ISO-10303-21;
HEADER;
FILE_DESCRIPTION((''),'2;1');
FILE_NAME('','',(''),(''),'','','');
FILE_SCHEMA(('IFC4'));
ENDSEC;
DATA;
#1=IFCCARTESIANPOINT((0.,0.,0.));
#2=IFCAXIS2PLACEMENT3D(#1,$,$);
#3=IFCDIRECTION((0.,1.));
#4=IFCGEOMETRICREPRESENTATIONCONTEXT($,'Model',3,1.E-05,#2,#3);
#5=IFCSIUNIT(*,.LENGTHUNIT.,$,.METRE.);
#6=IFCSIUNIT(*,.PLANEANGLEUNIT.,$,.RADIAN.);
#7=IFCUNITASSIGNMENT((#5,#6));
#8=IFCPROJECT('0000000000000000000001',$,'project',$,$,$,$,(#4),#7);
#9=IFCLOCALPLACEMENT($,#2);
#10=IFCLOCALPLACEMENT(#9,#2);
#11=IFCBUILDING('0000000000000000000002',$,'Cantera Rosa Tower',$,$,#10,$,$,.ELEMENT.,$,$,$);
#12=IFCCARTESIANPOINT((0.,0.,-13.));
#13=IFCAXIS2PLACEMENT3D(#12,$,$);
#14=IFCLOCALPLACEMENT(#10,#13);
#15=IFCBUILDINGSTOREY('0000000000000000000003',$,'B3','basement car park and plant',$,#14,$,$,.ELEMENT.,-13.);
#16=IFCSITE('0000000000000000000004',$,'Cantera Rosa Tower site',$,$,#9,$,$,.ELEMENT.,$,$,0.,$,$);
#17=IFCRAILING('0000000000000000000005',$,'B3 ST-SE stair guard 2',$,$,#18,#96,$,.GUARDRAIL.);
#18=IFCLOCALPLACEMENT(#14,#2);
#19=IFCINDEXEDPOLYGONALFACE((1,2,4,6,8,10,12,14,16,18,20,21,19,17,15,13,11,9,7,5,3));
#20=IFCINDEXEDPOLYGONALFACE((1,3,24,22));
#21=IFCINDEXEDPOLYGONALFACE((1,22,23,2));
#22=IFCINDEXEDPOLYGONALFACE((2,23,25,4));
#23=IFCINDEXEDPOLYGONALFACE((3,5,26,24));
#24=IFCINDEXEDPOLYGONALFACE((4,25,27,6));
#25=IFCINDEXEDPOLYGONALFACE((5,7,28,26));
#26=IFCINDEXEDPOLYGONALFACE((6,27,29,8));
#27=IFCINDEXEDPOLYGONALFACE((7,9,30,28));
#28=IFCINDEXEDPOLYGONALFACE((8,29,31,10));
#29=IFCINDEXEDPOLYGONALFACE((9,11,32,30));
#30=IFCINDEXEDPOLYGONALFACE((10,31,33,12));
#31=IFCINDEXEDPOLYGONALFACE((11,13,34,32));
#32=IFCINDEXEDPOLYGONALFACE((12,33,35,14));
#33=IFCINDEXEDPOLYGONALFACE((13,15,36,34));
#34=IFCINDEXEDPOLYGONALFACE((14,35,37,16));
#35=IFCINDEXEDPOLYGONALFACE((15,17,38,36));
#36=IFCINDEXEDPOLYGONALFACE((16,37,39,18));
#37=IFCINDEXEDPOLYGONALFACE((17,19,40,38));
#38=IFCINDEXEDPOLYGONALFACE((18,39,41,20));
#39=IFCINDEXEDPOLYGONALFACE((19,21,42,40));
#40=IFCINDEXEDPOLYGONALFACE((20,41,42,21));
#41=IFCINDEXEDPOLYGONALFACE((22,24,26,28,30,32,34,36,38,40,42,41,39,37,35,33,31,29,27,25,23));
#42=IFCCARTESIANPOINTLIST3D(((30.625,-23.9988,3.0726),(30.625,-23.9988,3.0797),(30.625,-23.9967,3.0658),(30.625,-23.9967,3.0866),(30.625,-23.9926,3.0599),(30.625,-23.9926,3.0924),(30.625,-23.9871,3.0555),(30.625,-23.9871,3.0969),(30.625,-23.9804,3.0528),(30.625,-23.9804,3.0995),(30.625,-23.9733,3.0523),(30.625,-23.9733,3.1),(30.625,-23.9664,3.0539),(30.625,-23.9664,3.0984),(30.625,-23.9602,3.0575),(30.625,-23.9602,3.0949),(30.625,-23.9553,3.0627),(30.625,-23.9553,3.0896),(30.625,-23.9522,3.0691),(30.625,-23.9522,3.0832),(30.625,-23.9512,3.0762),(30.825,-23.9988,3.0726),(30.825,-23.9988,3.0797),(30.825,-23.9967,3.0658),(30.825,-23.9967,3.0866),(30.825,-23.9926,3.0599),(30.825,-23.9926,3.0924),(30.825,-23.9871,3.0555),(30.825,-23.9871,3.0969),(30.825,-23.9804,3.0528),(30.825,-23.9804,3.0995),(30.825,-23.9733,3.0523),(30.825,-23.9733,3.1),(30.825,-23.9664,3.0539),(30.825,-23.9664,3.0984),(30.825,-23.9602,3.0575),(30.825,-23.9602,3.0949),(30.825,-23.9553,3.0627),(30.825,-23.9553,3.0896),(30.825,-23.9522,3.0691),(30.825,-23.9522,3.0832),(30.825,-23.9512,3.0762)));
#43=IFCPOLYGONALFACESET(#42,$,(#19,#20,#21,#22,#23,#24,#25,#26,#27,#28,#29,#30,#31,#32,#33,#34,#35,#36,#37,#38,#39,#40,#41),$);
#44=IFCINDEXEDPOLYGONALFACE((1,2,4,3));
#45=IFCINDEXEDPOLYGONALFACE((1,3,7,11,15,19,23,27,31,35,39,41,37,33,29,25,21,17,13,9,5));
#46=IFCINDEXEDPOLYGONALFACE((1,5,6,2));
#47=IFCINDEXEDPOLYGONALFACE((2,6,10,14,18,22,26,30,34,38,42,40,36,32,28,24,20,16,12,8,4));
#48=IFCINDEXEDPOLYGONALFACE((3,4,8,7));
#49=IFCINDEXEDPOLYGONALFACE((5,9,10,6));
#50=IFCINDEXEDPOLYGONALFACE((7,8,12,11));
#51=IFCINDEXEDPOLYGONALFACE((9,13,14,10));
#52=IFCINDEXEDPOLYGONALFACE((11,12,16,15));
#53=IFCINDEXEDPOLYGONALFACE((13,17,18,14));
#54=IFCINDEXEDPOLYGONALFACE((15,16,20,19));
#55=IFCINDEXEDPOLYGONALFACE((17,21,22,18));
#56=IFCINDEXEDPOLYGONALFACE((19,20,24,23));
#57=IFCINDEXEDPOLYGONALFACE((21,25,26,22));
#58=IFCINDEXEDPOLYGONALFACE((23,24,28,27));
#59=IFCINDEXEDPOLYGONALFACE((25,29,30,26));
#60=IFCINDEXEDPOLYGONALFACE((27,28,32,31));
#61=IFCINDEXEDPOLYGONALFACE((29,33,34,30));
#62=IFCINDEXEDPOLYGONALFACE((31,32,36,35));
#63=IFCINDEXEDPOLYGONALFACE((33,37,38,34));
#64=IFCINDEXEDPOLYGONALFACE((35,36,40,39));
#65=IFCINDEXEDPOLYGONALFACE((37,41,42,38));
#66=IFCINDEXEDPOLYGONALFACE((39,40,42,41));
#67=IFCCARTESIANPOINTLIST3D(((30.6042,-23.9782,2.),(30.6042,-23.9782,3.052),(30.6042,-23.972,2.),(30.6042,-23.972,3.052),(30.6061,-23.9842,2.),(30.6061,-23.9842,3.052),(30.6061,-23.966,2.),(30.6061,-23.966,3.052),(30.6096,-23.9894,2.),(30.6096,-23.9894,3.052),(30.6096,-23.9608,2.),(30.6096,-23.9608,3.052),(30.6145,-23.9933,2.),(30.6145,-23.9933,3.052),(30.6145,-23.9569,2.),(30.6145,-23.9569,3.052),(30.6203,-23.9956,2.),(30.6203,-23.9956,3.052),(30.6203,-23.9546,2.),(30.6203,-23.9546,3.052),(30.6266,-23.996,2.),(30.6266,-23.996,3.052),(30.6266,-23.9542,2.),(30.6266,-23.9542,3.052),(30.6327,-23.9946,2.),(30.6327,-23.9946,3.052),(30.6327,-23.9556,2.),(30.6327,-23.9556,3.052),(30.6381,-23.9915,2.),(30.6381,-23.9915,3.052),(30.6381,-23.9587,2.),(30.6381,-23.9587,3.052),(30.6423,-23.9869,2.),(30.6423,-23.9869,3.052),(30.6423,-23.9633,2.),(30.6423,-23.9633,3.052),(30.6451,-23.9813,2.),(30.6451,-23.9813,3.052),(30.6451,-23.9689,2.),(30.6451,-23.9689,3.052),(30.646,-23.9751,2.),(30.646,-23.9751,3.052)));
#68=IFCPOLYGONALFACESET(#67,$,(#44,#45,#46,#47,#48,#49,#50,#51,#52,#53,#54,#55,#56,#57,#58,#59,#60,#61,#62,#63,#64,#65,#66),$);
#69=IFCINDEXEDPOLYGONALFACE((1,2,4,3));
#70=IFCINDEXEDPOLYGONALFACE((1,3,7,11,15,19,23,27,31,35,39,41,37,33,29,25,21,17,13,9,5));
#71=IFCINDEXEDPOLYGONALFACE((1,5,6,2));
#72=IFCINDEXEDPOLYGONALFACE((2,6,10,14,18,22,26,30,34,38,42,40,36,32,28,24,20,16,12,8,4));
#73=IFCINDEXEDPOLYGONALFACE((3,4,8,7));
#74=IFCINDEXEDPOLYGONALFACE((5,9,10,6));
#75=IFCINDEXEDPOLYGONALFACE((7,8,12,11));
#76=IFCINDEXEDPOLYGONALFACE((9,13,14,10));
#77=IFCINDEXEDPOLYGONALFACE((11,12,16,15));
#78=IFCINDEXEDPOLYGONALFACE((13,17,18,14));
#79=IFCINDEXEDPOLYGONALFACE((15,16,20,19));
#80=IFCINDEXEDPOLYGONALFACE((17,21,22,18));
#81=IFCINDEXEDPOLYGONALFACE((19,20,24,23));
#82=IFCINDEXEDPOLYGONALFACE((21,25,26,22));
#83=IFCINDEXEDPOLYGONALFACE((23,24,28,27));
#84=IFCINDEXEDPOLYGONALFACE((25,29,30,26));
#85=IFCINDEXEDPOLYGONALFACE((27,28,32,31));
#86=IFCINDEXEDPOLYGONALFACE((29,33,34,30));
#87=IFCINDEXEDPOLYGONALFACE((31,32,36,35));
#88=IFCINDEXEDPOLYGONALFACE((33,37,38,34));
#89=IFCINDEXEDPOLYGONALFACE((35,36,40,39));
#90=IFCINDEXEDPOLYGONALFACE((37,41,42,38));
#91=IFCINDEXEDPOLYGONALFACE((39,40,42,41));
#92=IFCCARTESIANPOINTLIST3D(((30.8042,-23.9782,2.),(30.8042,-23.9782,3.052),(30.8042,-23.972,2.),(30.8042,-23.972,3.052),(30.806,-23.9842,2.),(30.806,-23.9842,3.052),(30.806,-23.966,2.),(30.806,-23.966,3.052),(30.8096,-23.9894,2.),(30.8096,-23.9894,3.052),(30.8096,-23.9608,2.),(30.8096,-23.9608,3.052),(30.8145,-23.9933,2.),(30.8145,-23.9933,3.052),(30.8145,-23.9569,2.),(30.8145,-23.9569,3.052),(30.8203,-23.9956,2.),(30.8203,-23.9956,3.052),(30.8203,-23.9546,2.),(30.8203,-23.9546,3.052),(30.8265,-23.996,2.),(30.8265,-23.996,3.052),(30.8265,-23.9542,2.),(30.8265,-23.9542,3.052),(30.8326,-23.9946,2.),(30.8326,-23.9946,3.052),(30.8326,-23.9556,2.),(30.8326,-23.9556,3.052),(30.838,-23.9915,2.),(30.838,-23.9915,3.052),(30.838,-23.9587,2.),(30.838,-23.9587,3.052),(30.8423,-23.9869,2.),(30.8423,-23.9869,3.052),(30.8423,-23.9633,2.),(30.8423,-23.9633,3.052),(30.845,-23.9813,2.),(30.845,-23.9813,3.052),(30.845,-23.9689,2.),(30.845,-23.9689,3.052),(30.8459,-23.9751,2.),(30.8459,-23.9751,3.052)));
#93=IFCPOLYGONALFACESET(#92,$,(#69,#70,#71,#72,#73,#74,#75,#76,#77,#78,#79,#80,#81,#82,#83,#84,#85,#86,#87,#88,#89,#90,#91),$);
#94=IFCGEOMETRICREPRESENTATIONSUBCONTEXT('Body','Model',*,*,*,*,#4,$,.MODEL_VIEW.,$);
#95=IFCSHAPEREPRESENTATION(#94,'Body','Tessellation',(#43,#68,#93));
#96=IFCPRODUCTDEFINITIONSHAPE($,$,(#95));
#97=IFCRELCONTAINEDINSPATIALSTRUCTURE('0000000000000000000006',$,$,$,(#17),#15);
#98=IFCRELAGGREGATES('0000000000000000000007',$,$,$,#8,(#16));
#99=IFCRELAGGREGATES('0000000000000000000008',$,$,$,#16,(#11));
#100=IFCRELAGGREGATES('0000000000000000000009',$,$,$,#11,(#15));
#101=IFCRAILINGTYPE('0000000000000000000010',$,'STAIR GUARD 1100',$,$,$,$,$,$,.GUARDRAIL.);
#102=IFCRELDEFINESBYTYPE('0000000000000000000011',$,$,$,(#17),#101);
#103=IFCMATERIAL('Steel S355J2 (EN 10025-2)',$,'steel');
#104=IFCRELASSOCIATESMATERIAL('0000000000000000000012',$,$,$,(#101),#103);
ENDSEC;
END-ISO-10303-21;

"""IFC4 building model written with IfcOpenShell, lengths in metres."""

from ifc_helpers import new_model, si_unit, direction, frame, origin, origin_2d, place, context, subcontext, project, spatial, circle, extrude, material, type_object, element, save


model = new_model("IFC4")

# Units and contexts
model_context = context("Model", 3, precision=1e-05, world=origin(), true_north=direction((0.0, 1.0)))
body_context = subcontext(model_context, "Body", "Model", "MODEL_VIEW")
ifc_project = project(units=[si_unit("LENGTHUNIT", "METRE"), si_unit("PLANEANGLEUNIT", "RADIAN")], contexts=[model_context])

# Site, building, storey
site_placement = place(None, origin())
site = spatial("IfcSite", under=ifc_project, at=site_placement, Name="Cantera Rosa Tower site", CompositionType="ELEMENT", RefElevation=0.0)
building_placement = place(site_placement, origin())
building = spatial("IfcBuilding", under=site, at=building_placement, Name="Cantera Rosa Tower", CompositionType="ELEMENT")
storey_placement = place(building_placement, frame((0.0, 0.0, -13.0)))
storey = spatial("IfcBuildingStorey", under=building, at=storey_placement, Name="B3", Description="basement car park and plant", CompositionType="ELEMENT", Elevation=-13.0)

# Railing
ifc_material_1 = material(Name="Steel S355J2 (EN 10025-2)", Category="steel")
railing_type_1 = type_object("IfcRailingType", Name="STAIR GUARD 1100", PredefinedType="GUARDRAIL", material=ifc_material_1)
railing_1_placement = place(storey_placement, frame((30.625, -23.9751, 2.0)))
element("IfcRailing", 1, at=railing_1_placement, inside=storey, type_object=railing_type_1, Name="B3 ST-SE stair guard 2", PredefinedType="GUARDRAIL", context=body_context, shape_type="SweptSolid", body=[
    extrude(circle(Radius=0.0239, at=origin_2d()), frame((0.0, 0.0, 1.0762), z_axis=(1.0, 0.0, 0.0), x_axis=(0.0, 1.0, 0.0)), (0.0, 0.0, 1.0), 0.2),
    extrude(circle(Radius=0.021, at=origin_2d()), origin(), (0.0, 0.0, 1.0), 1.052),
    extrude(circle(Radius=0.021, at=origin_2d()), frame((0.2, 0.0, 0.0)), (0.0, 0.0, 1.0), 1.052),
])

save(model, "model.ifc")
